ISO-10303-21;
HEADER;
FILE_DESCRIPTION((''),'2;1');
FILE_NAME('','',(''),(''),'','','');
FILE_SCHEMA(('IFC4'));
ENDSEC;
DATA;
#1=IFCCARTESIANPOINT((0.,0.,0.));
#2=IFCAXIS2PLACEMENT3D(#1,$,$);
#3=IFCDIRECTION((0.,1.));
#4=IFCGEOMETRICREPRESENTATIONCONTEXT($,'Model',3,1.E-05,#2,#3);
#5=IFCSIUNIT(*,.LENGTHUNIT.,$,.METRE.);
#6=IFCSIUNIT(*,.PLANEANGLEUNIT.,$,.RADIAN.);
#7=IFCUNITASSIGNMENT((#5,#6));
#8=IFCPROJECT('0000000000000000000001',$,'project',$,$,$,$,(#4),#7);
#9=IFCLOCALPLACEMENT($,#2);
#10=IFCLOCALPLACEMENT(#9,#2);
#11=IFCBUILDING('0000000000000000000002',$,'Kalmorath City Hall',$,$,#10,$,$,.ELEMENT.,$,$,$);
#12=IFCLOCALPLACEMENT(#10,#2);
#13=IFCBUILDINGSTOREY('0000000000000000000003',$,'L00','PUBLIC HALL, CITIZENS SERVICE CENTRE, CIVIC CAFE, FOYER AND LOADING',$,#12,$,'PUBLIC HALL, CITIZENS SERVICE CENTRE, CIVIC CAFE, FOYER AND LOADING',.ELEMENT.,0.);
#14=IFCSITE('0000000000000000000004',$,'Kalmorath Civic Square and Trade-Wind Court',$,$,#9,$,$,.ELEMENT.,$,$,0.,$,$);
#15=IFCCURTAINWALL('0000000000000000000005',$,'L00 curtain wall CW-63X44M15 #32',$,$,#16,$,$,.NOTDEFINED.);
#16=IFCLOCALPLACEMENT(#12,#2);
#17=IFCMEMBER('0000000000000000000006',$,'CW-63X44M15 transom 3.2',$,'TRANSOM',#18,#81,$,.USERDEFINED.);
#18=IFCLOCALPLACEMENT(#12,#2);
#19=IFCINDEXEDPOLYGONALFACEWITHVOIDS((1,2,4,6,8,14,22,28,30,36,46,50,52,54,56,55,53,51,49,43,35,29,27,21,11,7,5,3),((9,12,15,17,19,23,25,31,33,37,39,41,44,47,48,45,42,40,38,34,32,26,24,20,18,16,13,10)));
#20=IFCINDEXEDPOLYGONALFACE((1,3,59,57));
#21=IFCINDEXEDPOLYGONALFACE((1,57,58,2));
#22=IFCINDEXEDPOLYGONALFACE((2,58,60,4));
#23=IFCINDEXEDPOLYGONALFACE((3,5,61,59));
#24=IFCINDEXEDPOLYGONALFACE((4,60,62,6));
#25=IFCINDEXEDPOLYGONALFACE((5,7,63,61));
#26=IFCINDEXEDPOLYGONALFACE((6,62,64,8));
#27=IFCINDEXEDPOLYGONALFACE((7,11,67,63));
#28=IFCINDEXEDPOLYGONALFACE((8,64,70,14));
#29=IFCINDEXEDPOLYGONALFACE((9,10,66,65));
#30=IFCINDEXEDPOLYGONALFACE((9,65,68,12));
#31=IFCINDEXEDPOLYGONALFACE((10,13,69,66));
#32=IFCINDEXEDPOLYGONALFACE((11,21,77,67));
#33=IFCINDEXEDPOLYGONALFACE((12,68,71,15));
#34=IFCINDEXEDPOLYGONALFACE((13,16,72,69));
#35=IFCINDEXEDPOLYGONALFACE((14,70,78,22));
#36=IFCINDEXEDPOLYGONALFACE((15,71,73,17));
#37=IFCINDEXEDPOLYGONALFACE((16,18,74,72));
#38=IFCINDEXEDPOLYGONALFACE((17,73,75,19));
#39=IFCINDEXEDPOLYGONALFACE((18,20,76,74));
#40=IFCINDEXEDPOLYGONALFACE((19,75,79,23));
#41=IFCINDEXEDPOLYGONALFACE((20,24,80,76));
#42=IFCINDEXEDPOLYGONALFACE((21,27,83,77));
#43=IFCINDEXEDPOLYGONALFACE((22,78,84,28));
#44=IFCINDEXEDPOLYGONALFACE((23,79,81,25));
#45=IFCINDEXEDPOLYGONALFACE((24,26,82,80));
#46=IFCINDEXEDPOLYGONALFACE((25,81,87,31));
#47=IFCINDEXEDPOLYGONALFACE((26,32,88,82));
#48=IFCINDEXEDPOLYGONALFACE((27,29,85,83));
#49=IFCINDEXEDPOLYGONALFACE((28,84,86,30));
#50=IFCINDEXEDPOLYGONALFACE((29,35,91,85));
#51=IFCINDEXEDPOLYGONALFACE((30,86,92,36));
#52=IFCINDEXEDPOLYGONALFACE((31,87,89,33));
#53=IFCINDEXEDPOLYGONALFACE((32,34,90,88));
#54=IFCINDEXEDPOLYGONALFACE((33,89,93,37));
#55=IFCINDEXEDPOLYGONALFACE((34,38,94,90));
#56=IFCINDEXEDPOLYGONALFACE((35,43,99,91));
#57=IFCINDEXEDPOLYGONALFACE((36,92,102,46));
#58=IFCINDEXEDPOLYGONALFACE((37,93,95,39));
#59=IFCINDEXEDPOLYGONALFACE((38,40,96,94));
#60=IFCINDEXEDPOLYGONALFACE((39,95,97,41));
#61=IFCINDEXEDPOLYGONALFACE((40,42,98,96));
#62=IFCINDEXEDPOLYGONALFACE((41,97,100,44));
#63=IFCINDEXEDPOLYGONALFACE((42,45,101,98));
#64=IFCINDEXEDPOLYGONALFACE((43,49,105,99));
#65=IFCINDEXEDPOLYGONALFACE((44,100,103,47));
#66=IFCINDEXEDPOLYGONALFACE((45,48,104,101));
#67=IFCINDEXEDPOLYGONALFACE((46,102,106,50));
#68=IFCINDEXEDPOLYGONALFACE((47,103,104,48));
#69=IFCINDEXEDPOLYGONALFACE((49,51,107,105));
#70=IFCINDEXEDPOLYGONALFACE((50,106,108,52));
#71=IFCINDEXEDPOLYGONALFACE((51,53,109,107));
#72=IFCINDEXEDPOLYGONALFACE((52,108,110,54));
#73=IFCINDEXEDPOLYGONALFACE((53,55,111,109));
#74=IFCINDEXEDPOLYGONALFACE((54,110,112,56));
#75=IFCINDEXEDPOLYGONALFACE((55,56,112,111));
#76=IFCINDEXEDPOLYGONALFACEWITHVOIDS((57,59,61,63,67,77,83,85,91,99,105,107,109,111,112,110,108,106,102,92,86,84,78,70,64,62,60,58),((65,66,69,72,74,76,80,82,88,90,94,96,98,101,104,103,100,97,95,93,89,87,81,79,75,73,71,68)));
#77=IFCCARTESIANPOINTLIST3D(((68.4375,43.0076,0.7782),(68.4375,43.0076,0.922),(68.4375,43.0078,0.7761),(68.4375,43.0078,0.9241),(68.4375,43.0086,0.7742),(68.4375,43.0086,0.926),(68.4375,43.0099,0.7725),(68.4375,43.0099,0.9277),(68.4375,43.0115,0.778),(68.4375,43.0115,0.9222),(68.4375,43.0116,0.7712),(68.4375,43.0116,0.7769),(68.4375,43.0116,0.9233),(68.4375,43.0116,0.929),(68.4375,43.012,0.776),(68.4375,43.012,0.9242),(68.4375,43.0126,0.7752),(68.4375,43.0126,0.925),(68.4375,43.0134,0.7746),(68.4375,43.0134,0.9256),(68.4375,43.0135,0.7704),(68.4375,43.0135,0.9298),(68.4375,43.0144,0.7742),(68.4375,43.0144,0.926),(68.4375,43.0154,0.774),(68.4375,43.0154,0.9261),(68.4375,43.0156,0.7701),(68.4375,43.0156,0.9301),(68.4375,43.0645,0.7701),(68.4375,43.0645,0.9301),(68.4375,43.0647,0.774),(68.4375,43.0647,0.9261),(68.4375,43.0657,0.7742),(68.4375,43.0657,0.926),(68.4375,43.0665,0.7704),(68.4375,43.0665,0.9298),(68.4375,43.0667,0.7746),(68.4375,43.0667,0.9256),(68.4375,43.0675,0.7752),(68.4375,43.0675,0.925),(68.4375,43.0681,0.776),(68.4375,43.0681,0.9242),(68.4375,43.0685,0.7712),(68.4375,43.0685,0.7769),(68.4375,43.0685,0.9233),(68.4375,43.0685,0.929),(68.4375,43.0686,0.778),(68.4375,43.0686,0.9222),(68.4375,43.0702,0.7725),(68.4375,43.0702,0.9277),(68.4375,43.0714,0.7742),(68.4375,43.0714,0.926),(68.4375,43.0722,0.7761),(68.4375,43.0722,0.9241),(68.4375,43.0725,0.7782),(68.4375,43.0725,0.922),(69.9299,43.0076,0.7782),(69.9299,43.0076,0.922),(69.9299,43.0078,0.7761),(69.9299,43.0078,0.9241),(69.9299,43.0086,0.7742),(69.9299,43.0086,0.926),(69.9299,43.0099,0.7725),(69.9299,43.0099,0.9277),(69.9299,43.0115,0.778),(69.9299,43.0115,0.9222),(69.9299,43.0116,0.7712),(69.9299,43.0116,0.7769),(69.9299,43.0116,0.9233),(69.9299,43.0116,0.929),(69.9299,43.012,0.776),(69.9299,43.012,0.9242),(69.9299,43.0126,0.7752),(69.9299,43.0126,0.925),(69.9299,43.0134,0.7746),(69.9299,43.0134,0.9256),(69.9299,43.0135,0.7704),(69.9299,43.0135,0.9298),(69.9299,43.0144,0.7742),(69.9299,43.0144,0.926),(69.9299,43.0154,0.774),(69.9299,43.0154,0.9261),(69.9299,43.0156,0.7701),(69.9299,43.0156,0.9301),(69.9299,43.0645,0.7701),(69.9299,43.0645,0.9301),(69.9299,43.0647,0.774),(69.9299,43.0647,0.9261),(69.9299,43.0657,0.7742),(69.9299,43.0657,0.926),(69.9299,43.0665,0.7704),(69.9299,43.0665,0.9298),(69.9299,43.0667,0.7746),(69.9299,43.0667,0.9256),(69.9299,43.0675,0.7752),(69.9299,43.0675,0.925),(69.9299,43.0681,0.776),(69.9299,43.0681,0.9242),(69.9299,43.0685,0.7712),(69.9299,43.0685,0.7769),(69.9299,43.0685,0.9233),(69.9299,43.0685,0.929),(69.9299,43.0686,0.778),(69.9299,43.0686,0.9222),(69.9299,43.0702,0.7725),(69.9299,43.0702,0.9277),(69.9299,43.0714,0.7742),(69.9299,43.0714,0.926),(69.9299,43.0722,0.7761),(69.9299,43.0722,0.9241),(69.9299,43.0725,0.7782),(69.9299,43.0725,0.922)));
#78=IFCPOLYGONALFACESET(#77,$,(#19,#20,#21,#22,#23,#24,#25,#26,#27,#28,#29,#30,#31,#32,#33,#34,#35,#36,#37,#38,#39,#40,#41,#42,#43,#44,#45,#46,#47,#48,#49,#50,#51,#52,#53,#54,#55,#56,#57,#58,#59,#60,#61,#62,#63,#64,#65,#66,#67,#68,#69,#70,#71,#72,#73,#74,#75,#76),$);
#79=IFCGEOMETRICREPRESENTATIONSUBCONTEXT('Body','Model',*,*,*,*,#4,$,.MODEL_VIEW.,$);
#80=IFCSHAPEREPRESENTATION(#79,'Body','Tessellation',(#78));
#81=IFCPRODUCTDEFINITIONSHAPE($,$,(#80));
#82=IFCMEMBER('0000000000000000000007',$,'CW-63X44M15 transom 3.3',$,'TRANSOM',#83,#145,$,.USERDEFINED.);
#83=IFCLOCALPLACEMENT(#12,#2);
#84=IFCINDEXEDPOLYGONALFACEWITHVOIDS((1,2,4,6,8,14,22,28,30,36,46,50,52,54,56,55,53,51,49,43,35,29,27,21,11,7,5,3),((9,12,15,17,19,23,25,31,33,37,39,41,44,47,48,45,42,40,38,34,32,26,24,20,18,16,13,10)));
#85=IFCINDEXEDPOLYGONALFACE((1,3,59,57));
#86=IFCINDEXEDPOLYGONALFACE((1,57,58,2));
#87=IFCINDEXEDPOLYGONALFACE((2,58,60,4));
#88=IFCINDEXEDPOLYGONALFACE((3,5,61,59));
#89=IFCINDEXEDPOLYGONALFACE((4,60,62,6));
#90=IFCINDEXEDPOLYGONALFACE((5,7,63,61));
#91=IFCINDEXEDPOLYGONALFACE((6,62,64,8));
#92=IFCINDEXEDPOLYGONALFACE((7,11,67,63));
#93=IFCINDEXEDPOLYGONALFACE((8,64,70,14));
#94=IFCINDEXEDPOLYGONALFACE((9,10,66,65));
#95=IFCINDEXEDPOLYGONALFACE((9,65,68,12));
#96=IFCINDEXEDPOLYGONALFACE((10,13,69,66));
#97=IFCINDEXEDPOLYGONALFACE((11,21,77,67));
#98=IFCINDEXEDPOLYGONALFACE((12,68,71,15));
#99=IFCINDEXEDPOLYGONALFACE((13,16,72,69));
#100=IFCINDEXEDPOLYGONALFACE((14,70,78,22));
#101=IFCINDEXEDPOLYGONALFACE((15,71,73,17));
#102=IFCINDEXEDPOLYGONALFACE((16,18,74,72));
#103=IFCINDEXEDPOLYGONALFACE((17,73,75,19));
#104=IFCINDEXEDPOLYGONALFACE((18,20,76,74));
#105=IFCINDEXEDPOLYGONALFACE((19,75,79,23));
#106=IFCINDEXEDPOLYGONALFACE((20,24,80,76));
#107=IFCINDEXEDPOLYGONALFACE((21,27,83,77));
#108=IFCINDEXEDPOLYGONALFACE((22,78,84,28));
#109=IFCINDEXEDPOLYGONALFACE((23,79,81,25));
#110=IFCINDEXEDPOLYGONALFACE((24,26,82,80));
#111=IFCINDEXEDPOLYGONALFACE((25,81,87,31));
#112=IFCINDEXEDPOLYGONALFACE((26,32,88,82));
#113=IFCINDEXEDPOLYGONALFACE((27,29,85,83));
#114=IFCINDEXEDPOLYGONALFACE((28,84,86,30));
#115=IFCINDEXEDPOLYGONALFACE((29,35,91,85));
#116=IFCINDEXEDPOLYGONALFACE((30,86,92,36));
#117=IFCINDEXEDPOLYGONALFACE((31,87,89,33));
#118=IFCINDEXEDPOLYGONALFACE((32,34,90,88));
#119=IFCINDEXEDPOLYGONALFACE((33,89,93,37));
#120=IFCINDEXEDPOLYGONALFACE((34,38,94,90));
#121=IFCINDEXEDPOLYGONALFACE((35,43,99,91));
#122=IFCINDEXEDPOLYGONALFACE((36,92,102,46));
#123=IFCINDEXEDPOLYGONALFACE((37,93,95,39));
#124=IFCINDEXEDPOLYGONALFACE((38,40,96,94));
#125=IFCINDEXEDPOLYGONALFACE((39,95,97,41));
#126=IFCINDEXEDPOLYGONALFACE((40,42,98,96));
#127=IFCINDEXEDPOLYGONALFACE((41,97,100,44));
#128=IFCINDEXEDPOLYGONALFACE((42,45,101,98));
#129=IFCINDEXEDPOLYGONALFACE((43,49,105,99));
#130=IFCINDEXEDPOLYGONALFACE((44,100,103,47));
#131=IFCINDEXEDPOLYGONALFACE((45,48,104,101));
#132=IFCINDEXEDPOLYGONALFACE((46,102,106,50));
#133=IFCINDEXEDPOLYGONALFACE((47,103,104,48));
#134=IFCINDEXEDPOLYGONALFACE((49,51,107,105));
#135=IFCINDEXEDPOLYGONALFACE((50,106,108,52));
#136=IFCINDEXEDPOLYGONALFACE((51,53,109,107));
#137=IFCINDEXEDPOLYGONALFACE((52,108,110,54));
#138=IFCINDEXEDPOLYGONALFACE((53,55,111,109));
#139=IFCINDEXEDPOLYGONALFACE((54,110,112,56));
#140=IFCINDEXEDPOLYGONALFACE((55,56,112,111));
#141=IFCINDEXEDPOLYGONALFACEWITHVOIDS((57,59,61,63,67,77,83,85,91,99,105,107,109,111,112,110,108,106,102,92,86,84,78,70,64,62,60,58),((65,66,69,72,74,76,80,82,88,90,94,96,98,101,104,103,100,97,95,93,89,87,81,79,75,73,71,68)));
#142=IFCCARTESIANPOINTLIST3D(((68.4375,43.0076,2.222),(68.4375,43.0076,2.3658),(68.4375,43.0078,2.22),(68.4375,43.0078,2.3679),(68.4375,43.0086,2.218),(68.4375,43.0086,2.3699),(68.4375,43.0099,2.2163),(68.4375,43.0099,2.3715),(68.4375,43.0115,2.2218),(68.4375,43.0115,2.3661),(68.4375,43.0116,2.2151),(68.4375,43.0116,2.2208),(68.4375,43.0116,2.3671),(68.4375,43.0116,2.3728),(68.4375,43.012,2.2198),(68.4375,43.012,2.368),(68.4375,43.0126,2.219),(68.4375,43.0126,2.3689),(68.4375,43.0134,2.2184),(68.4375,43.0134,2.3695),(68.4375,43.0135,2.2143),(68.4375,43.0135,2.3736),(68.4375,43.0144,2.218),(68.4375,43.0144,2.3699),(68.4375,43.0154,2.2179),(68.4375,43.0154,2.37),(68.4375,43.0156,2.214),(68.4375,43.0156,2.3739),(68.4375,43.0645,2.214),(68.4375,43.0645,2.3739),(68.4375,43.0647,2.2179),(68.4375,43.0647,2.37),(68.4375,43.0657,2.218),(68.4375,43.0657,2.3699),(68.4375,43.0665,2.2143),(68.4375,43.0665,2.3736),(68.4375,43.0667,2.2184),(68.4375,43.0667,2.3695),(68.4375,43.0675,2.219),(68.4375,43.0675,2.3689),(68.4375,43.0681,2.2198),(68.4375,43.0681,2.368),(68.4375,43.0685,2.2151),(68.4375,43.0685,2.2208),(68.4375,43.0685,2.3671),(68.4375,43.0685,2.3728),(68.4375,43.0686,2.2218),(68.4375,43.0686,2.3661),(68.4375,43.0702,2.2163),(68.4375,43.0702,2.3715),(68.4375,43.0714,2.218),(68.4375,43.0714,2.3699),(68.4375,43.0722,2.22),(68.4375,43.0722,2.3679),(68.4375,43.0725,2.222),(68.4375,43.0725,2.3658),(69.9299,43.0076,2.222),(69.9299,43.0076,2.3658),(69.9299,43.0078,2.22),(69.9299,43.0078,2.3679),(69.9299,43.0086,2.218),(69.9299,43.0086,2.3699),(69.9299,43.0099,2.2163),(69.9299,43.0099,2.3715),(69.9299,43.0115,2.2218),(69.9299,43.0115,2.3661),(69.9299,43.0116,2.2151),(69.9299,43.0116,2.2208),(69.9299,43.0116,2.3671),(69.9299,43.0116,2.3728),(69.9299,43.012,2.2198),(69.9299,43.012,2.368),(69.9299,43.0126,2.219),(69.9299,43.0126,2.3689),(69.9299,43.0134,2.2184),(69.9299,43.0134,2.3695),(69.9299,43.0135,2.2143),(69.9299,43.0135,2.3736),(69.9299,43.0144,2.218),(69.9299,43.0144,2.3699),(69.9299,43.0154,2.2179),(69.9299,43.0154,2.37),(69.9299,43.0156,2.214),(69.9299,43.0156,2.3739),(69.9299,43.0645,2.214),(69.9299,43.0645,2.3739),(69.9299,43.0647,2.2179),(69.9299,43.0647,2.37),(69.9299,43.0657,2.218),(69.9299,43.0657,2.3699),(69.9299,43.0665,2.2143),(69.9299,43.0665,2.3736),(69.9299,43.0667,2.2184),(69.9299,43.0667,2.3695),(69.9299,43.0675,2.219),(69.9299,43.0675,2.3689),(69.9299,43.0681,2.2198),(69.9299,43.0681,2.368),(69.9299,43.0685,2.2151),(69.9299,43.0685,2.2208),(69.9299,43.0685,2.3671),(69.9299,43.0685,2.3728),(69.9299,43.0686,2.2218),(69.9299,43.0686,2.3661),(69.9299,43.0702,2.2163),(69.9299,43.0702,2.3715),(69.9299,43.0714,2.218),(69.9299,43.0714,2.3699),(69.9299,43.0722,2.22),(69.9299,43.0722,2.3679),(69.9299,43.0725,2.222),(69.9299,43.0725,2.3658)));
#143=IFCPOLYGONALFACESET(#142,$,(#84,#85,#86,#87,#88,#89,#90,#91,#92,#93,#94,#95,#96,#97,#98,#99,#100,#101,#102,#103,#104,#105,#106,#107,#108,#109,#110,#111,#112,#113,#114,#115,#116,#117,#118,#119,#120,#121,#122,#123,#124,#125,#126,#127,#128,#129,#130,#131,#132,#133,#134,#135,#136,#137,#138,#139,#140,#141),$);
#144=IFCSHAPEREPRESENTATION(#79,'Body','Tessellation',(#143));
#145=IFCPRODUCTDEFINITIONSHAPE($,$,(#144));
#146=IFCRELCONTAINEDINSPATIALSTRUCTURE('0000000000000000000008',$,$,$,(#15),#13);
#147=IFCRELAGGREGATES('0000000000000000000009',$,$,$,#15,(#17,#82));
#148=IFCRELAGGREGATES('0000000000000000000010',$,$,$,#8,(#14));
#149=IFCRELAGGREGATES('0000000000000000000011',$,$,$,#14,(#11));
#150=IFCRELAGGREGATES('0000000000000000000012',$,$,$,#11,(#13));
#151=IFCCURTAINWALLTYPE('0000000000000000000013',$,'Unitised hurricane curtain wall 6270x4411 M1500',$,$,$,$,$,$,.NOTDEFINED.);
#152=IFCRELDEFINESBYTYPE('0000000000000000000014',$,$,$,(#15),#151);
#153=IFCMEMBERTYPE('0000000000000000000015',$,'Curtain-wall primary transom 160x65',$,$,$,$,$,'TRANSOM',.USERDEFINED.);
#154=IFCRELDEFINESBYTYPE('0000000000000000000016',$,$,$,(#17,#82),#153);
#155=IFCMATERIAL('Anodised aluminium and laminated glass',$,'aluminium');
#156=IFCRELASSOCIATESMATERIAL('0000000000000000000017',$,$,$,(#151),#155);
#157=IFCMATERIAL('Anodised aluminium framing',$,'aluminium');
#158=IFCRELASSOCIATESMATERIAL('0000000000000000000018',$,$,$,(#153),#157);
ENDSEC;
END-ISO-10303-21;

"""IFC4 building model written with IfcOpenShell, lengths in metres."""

from ifc_helpers import new_model, si_unit, direction, frame, origin, origin_2d, place, context, subcontext, project, spatial, hollow_rectangle, extrude, material, material_profile, profile_set, type_object, element, aggregate, save


model = new_model("IFC4")

# Units and contexts
model_context = context("Model", 3, precision=1e-05, world=origin(), true_north=direction((0.0, 1.0)))
body_context = subcontext(model_context, "Body", "Model", "MODEL_VIEW")
ifc_project = project(units=[si_unit("LENGTHUNIT", "METRE"), si_unit("PLANEANGLEUNIT", "RADIAN")], contexts=[model_context])

# Site, building, storey
site_placement = place(None, origin())
site = spatial("IfcSite", under=ifc_project, at=site_placement, Name="Kalmorath Civic Square and Trade-Wind Court", CompositionType="ELEMENT", RefElevation=0.0)
building_placement = place(site_placement, origin())
building = spatial("IfcBuilding", under=site, at=building_placement, Name="Kalmorath City Hall", CompositionType="ELEMENT")
storey_placement = place(building_placement, origin())
storey = spatial("IfcBuildingStorey", under=building, at=storey_placement, Name="L00", Description="PUBLIC HALL, CITIZENS SERVICE CENTRE, CIVIC CAFE, FOYER AND LOADING", LongName="PUBLIC HALL, CITIZENS SERVICE CENTRE, CIVIC CAFE, FOYER AND LOADING", CompositionType="ELEMENT", Elevation=0.0)

# Curtain wall
ifc_material_1 = material(Name="Anodised aluminium and laminated glass", Category="aluminium")
curtain_wall_type_1 = type_object("IfcCurtainWallType", Name="Unitised hurricane curtain wall 6270x4411 M1500", PredefinedType="NOTDEFINED", material=ifc_material_1)
curtain_wall_1_placement = place(storey_placement, origin())
curtain_wall_1 = element("IfcCurtainWall", 1, at=curtain_wall_1_placement, inside=storey, type_object=curtain_wall_type_1, Name="L00 curtain wall CW-63X44M15 #32", PredefinedType="NOTDEFINED")

# Members
ifc_material_2 = material(Name="Anodised aluminium framing", Category="aluminium")
ifc_material_profile_1 = material_profile(ifc_material_2, hollow_rectangle(XDim=0.0649, YDim=0.1599, WallThickness=0.0039, InnerFilletRadius=0.0039, OuterFilletRadius=0.0081, at=origin_2d()), Name="ALU-TRN-160X65X4")
ifc_profile_set_1 = profile_set([ifc_material_profile_1], Name="Anodised aluminium framing")
member_type_1 = type_object("IfcMemberType", Name="Curtain-wall primary transom 160x65", ElementType="TRANSOM", PredefinedType="USERDEFINED", material=ifc_profile_set_1)
member_1_placement = place(storey_placement, frame((68.4375, 43.04, 0.8501), z_axis=(1.0, 0.0, 0.0), x_axis=(0.0, 1.0, 0.0)))
member_1 = element("IfcMember", 2, at=member_1_placement, type_object=member_type_1, Name="CW-63X44M15 transom 3.2", ObjectType="TRANSOM", PredefinedType="USERDEFINED", context=body_context, shape_type="SweptSolid", body=[
    extrude(hollow_rectangle(XDim=0.0649, YDim=0.1599, WallThickness=0.0039, InnerFilletRadius=0.0039, OuterFilletRadius=0.0081, at=origin_2d()), origin(), (0.0, 0.0, 1.0), 1.4924),
])
member_2_placement = place(storey_placement, frame((68.4375, 43.04, 2.2939), z_axis=(1.0, 0.0, 0.0), x_axis=(0.0, 1.0, 0.0)))
member_2 = element("IfcMember", 3, at=member_2_placement, type_object=member_type_1, Name="CW-63X44M15 transom 3.3", ObjectType="TRANSOM", PredefinedType="USERDEFINED", context=body_context, shape_type="SweptSolid", body=[
    extrude(hollow_rectangle(XDim=0.0649, YDim=0.1599, WallThickness=0.0039, InnerFilletRadius=0.0039, OuterFilletRadius=0.0081, at=origin_2d()), origin(), (0.0, 0.0, 1.0), 1.4924),
])

aggregate(curtain_wall_1, [member_1, member_2])

save(model, "model.ifc")
